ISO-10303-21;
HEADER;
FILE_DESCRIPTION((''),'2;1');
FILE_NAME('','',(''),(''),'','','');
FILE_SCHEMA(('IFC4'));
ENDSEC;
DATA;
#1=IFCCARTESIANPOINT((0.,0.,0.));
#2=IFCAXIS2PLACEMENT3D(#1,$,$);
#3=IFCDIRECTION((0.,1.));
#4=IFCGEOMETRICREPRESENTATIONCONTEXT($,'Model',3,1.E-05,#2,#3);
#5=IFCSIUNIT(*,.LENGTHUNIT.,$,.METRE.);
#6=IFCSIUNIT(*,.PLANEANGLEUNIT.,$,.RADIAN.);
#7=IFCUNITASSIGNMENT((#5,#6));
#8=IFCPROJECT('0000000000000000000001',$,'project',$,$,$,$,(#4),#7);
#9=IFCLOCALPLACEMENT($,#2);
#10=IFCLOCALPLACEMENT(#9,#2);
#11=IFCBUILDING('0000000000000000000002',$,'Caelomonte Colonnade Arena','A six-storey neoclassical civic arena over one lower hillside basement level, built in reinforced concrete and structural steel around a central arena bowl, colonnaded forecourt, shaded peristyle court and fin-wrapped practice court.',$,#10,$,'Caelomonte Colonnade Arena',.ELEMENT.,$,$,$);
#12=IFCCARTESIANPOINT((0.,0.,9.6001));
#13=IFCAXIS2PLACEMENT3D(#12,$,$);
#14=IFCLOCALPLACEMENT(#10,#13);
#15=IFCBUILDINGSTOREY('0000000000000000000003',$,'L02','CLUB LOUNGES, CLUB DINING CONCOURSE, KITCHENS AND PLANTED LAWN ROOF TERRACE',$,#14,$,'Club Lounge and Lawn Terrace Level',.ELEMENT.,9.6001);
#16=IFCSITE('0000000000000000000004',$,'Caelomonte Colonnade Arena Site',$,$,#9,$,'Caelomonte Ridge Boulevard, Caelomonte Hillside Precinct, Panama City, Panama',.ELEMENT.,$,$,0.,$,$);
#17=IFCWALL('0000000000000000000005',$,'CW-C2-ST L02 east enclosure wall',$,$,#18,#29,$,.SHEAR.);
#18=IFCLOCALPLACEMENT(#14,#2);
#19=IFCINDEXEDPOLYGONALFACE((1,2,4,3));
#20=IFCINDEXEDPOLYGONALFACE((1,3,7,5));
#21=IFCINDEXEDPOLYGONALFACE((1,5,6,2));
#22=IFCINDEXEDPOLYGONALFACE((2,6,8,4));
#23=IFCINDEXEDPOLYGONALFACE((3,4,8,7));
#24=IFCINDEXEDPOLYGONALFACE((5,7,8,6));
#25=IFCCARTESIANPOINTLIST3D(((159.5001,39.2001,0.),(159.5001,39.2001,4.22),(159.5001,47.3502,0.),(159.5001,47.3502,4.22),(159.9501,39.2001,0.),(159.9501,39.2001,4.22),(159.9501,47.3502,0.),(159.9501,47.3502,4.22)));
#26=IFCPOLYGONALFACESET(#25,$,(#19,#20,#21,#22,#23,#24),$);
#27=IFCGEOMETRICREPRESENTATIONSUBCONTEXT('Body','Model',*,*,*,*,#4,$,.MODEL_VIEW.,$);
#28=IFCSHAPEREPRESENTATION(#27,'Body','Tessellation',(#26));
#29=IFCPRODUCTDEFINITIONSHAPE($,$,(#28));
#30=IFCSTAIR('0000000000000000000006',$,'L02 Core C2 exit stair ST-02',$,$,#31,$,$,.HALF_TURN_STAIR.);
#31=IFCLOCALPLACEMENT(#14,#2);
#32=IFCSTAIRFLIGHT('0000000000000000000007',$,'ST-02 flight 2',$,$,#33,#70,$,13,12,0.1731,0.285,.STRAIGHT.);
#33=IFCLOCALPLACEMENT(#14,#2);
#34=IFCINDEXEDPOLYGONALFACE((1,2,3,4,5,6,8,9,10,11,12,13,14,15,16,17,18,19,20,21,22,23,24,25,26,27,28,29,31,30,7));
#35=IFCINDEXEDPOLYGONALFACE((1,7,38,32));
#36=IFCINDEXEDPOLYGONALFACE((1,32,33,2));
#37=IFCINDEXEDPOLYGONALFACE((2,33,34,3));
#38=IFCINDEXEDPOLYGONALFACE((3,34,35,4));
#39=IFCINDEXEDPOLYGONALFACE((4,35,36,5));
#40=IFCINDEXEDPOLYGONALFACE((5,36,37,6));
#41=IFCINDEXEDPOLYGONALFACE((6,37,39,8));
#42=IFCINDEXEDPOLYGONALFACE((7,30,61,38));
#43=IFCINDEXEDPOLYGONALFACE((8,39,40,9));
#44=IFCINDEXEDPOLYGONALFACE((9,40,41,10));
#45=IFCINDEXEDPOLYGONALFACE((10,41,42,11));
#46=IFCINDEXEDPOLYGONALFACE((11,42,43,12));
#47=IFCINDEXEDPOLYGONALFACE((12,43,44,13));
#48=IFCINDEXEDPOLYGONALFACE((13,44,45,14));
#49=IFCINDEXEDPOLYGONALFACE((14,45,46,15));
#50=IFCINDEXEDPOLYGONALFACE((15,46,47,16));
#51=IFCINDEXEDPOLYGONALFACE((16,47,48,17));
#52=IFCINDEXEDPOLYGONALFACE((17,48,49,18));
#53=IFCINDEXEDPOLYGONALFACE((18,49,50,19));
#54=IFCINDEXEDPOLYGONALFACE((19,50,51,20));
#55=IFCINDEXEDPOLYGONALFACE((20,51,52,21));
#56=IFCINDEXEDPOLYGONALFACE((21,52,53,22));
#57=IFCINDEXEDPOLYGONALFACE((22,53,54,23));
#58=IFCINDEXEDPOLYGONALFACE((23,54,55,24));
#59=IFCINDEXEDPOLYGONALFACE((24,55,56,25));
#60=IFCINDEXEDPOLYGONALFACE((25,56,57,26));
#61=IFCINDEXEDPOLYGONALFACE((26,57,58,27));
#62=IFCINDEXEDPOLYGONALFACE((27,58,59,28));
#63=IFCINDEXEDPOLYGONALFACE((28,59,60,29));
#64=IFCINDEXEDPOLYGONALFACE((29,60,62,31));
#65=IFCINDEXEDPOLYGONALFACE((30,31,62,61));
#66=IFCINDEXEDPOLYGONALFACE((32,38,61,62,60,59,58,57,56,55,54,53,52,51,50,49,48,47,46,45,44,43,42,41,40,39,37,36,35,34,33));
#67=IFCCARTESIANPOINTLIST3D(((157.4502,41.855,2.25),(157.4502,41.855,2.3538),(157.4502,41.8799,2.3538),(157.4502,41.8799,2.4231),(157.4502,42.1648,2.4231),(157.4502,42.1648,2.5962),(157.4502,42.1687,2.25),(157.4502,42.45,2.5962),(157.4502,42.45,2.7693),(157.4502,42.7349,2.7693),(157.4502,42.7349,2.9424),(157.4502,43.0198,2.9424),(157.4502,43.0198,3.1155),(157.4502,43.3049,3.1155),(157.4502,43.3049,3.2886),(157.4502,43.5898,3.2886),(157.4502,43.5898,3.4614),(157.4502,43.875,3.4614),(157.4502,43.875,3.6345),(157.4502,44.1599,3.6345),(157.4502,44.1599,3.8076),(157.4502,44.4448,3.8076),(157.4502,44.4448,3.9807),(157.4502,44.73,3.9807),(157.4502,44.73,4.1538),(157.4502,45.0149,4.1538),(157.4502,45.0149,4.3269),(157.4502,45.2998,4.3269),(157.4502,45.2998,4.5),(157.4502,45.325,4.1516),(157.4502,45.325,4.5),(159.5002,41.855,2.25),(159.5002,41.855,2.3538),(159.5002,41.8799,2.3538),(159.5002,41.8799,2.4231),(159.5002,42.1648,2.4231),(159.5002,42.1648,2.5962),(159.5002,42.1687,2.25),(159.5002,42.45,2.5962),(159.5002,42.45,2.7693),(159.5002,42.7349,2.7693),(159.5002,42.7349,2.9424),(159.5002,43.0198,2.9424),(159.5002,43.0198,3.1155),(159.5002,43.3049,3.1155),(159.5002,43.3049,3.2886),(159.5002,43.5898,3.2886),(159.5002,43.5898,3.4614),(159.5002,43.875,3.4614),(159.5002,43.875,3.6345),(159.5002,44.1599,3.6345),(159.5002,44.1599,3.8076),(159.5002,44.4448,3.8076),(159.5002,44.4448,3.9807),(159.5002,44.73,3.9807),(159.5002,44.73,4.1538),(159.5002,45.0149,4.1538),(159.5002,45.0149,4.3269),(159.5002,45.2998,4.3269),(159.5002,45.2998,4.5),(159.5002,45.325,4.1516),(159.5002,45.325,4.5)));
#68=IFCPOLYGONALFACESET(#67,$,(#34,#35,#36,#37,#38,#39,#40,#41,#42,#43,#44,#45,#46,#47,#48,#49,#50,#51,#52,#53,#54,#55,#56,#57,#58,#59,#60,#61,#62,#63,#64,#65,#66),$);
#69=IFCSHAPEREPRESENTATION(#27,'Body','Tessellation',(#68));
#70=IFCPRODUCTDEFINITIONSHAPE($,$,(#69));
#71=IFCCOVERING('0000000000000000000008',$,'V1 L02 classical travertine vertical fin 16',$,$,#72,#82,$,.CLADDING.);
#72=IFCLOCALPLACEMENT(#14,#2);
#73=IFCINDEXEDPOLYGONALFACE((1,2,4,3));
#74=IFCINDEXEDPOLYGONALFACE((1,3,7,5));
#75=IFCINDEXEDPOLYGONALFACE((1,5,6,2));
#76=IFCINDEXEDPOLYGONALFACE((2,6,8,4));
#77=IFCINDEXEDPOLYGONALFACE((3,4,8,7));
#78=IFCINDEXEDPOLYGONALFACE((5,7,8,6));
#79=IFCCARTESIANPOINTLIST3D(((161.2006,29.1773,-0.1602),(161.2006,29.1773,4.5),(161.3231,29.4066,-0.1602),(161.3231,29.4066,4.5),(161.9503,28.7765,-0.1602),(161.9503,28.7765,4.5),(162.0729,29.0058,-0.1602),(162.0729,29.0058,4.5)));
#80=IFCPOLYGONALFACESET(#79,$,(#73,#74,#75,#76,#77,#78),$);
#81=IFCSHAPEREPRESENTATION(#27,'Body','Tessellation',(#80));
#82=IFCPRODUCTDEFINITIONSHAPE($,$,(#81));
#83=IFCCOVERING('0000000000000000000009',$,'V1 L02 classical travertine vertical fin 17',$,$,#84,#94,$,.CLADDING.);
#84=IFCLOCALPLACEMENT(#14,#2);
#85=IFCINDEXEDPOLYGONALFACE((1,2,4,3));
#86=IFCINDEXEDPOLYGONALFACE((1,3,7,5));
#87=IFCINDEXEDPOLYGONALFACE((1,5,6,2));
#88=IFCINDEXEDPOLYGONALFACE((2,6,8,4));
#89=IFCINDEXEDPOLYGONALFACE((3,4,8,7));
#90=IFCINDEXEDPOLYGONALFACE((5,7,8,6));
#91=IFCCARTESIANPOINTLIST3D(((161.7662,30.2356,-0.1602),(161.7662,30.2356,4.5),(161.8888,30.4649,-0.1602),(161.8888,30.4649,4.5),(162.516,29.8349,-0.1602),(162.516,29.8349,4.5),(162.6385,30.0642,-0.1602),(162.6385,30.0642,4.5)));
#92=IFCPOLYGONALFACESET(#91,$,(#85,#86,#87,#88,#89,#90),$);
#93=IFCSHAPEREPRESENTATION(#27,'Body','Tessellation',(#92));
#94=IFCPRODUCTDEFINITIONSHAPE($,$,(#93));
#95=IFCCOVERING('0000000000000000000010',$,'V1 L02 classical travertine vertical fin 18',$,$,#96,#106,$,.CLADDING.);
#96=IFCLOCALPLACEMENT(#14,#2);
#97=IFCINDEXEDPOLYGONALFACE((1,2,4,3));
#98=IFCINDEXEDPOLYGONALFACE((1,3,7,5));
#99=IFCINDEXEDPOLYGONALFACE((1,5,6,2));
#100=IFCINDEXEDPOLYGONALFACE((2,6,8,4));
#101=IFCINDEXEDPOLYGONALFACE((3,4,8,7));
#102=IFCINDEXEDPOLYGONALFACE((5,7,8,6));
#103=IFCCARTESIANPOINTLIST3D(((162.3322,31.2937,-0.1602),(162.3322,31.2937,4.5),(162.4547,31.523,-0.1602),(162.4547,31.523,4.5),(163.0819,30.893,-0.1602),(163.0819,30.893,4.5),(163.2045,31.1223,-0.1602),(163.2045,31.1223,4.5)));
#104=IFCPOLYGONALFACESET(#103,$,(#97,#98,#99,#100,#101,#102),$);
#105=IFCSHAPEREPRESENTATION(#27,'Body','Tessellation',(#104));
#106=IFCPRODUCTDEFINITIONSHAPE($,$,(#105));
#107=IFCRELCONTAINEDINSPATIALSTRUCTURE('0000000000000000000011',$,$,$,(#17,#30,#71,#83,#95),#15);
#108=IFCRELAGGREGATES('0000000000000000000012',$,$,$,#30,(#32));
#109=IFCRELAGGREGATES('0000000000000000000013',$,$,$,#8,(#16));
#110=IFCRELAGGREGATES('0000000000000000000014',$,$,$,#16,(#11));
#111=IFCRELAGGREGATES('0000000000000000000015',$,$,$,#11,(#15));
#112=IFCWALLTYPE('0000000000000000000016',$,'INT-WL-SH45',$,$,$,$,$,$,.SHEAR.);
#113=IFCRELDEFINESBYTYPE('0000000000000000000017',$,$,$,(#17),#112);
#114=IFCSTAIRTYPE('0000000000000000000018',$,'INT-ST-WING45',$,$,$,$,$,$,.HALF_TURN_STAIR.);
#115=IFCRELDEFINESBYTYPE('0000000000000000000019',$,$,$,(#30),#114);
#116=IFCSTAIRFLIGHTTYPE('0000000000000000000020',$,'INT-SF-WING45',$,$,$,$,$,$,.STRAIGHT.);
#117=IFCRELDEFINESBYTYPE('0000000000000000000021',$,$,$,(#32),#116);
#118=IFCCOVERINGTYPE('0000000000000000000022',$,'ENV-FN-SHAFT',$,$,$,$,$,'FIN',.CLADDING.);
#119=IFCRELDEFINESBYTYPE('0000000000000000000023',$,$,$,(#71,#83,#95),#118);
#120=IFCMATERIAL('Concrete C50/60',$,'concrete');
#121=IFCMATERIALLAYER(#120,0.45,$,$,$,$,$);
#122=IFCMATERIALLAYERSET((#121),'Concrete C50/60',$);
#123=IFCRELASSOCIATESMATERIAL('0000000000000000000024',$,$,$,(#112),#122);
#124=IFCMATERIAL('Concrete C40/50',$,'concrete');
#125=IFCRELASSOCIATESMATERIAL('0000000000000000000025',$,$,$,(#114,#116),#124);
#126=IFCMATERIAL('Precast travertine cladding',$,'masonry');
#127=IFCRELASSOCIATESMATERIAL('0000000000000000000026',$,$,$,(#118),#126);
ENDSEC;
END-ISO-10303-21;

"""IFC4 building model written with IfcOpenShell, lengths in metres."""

from ifc_helpers import new_model, si_unit, direction, frame, frame_2d, origin, origin_2d, place, context, subcontext, project, spatial, polyline, rectangle, outline, extrude, material, layer, layer_set, material_profile, profile_set, type_object, element, aggregate, save


model = new_model("IFC4")

# Units and contexts
model_context = context("Model", 3, precision=1e-05, world=origin(), true_north=direction((0.0, 1.0)))
body_context = subcontext(model_context, "Body", "Model", "MODEL_VIEW")
ifc_project = project(units=[si_unit("LENGTHUNIT", "METRE"), si_unit("PLANEANGLEUNIT", "RADIAN")], contexts=[model_context])

# Site, building, storey
site_placement = place(None, origin())
site = spatial("IfcSite", under=ifc_project, at=site_placement, Name="Caelomonte Colonnade Arena Site", LongName="Caelomonte Ridge Boulevard, Caelomonte Hillside Precinct, Panama City, Panama", CompositionType="ELEMENT", RefElevation=0.0)
building_placement = place(site_placement, origin())
building = spatial("IfcBuilding", under=site, at=building_placement, Name="Caelomonte Colonnade Arena", Description="A six-storey neoclassical civic arena over one lower hillside basement level, built in reinforced concrete and structural steel around a central arena bowl, colonnaded forecourt, shaded peristyle court and fin-wrapped practice court.", LongName="Caelomonte Colonnade Arena", CompositionType="ELEMENT")
storey_placement = place(building_placement, frame((0.0, 0.0, 9.6001)))
storey = spatial("IfcBuildingStorey", under=building, at=storey_placement, Name="L02", Description="CLUB LOUNGES, CLUB DINING CONCOURSE, KITCHENS AND PLANTED LAWN ROOF TERRACE", LongName="Club Lounge and Lawn Terrace Level", CompositionType="ELEMENT", Elevation=9.6001)

# Shared definitions
ifc_material_1 = material(Name="Concrete C40/50", Category="concrete")

# Wall
ifc_material_2 = material(Name="Concrete C50/60", Category="concrete")
ifc_layer_1 = layer(ifc_material_2, 0.45)
ifc_layer_set_1 = layer_set([ifc_layer_1], Name="Concrete C50/60")
wall_type_1 = type_object("IfcWallType", Name="INT-WL-SH45", PredefinedType="SHEAR", material=ifc_layer_set_1)
wall_1_placement = place(storey_placement, frame((159.7251, 39.2, 0.0), z_axis=(0.0, 0.0, 1.0), x_axis=(0.0, 1.0, 0.0)))
element("IfcWall", 1, at=wall_1_placement, inside=storey, type_object=wall_type_1, Name="CW-C2-ST L02 east enclosure wall", PredefinedType="SHEAR", context=body_context, shape_type="SweptSolid", body=[
    extrude(rectangle(XDim=8.1501, YDim=0.45, at=frame_2d((4.0752, 0.0))), origin(), (0.0, 0.0, 1.0), 4.22),
])

# Stair, stair flight
stair_type = type_object("IfcStairType", Name="INT-ST-WING45", PredefinedType="HALF_TURN_STAIR", material=ifc_material_1)
stair_placement = place(storey_placement, origin())
stair = element("IfcStair", 2, at=stair_placement, inside=storey, type_object=stair_type, Name="L02 Core C2 exit stair ST-02", PredefinedType="HALF_TURN_STAIR")
stair_flight_type = type_object("IfcStairFlightType", Name="INT-SF-WING45", PredefinedType="STRAIGHT", material=ifc_material_1)
stair_flight_placement = place(storey_placement, frame((158.4751, 41.8799, 2.25), z_axis=(0.0, 0.0, 1.0), x_axis=(0.0, 1.0, 0.0)))
stair_flight = element("IfcStairFlight", 3, at=stair_flight_placement, type_object=stair_flight_type, Name="ST-02 flight 2", NumberOfRisers=13, NumberOfTreads=12, PredefinedType="STRAIGHT", RiserHeight=0.1731, TreadLength=0.285, context=body_context, shape_type="SweptSolid", body=[
    extrude(outline(polyline([(-0.0249, 0.0), (-0.0249, 0.1038), (0.0, 0.1038), (0.0, 0.1731), (0.2849, 0.1731), (0.2849, 0.3462), (0.5701, 0.3462), (0.5701, 0.5193), (0.855, 0.5193), (0.855, 0.6924), (1.1399, 0.6924), (1.1399, 0.8655), (1.425, 0.8655), (1.425, 1.0386), (1.71, 1.0386), (1.71, 1.2114), (1.9951, 1.2114), (1.9951, 1.3845), (2.28, 1.3845), (2.28, 1.5576), (2.5649, 1.5576), (2.5649, 1.7307), (2.8501, 1.7307), (2.8501, 1.9038), (3.135, 1.9038), (3.135, 2.0769), (3.4199, 2.0769), (3.4199, 2.25), (3.4451, 2.25), (3.4451, 1.9016), (0.2888, 0.0), (-0.0249, 0.0)])), frame((0.0, 1.0249, 0.0), z_axis=(0.0, -1.0, 0.0), x_axis=(1.0, 0.0, 0.0)), (0.0, 0.0, 1.0), 2.05),
])
aggregate(stair, [stair_flight])

# Coverings
ifc_material_3 = material(Name="Precast travertine cladding", Category="masonry")
ifc_material_profile_1 = material_profile(ifc_material_3, rectangle(XDim=0.26, YDim=0.8501, at=origin_2d()), Name="FIN260X850")
ifc_profile_set_1 = profile_set([ifc_material_profile_1], Name="Precast travertine cladding")
covering_type = type_object("IfcCoveringType", Name="ENV-FN-SHAFT", ElementType="FIN", PredefinedType="CLADDING", material=ifc_profile_set_1)
for number, where, z_axis, x_axis, name in (
    (4, (161.6367, 29.0916, -0.1602), (0.0, 0.0, 1.0), (-0.471397, -0.881921, 0.0), "V1 L02 classical travertine vertical fin 16"),
    (5, (162.2024, 30.1499, -0.1602), (0.0, 0.0, 1.0), (-0.471397, -0.881921, 0.0), "V1 L02 classical travertine vertical fin 17"),
    (6, (162.7683, 31.208, -0.1602), (0.0, 0.0, 1.0), (-0.471397, -0.881921, 0.0), "V1 L02 classical travertine vertical fin 18"),
):
    element("IfcCovering", number, at=place(storey_placement, frame(where, z_axis=z_axis, x_axis=x_axis)), inside=storey, type_object=covering_type, Name=name, PredefinedType="CLADDING", context=body_context, shape_type="SweptSolid", body=[
        extrude(rectangle(XDim=0.26, YDim=0.8501, at=origin_2d()), origin(), (0.0, 0.0, 1.0), 4.6602),
    ])

save(model, "model.ifc")
